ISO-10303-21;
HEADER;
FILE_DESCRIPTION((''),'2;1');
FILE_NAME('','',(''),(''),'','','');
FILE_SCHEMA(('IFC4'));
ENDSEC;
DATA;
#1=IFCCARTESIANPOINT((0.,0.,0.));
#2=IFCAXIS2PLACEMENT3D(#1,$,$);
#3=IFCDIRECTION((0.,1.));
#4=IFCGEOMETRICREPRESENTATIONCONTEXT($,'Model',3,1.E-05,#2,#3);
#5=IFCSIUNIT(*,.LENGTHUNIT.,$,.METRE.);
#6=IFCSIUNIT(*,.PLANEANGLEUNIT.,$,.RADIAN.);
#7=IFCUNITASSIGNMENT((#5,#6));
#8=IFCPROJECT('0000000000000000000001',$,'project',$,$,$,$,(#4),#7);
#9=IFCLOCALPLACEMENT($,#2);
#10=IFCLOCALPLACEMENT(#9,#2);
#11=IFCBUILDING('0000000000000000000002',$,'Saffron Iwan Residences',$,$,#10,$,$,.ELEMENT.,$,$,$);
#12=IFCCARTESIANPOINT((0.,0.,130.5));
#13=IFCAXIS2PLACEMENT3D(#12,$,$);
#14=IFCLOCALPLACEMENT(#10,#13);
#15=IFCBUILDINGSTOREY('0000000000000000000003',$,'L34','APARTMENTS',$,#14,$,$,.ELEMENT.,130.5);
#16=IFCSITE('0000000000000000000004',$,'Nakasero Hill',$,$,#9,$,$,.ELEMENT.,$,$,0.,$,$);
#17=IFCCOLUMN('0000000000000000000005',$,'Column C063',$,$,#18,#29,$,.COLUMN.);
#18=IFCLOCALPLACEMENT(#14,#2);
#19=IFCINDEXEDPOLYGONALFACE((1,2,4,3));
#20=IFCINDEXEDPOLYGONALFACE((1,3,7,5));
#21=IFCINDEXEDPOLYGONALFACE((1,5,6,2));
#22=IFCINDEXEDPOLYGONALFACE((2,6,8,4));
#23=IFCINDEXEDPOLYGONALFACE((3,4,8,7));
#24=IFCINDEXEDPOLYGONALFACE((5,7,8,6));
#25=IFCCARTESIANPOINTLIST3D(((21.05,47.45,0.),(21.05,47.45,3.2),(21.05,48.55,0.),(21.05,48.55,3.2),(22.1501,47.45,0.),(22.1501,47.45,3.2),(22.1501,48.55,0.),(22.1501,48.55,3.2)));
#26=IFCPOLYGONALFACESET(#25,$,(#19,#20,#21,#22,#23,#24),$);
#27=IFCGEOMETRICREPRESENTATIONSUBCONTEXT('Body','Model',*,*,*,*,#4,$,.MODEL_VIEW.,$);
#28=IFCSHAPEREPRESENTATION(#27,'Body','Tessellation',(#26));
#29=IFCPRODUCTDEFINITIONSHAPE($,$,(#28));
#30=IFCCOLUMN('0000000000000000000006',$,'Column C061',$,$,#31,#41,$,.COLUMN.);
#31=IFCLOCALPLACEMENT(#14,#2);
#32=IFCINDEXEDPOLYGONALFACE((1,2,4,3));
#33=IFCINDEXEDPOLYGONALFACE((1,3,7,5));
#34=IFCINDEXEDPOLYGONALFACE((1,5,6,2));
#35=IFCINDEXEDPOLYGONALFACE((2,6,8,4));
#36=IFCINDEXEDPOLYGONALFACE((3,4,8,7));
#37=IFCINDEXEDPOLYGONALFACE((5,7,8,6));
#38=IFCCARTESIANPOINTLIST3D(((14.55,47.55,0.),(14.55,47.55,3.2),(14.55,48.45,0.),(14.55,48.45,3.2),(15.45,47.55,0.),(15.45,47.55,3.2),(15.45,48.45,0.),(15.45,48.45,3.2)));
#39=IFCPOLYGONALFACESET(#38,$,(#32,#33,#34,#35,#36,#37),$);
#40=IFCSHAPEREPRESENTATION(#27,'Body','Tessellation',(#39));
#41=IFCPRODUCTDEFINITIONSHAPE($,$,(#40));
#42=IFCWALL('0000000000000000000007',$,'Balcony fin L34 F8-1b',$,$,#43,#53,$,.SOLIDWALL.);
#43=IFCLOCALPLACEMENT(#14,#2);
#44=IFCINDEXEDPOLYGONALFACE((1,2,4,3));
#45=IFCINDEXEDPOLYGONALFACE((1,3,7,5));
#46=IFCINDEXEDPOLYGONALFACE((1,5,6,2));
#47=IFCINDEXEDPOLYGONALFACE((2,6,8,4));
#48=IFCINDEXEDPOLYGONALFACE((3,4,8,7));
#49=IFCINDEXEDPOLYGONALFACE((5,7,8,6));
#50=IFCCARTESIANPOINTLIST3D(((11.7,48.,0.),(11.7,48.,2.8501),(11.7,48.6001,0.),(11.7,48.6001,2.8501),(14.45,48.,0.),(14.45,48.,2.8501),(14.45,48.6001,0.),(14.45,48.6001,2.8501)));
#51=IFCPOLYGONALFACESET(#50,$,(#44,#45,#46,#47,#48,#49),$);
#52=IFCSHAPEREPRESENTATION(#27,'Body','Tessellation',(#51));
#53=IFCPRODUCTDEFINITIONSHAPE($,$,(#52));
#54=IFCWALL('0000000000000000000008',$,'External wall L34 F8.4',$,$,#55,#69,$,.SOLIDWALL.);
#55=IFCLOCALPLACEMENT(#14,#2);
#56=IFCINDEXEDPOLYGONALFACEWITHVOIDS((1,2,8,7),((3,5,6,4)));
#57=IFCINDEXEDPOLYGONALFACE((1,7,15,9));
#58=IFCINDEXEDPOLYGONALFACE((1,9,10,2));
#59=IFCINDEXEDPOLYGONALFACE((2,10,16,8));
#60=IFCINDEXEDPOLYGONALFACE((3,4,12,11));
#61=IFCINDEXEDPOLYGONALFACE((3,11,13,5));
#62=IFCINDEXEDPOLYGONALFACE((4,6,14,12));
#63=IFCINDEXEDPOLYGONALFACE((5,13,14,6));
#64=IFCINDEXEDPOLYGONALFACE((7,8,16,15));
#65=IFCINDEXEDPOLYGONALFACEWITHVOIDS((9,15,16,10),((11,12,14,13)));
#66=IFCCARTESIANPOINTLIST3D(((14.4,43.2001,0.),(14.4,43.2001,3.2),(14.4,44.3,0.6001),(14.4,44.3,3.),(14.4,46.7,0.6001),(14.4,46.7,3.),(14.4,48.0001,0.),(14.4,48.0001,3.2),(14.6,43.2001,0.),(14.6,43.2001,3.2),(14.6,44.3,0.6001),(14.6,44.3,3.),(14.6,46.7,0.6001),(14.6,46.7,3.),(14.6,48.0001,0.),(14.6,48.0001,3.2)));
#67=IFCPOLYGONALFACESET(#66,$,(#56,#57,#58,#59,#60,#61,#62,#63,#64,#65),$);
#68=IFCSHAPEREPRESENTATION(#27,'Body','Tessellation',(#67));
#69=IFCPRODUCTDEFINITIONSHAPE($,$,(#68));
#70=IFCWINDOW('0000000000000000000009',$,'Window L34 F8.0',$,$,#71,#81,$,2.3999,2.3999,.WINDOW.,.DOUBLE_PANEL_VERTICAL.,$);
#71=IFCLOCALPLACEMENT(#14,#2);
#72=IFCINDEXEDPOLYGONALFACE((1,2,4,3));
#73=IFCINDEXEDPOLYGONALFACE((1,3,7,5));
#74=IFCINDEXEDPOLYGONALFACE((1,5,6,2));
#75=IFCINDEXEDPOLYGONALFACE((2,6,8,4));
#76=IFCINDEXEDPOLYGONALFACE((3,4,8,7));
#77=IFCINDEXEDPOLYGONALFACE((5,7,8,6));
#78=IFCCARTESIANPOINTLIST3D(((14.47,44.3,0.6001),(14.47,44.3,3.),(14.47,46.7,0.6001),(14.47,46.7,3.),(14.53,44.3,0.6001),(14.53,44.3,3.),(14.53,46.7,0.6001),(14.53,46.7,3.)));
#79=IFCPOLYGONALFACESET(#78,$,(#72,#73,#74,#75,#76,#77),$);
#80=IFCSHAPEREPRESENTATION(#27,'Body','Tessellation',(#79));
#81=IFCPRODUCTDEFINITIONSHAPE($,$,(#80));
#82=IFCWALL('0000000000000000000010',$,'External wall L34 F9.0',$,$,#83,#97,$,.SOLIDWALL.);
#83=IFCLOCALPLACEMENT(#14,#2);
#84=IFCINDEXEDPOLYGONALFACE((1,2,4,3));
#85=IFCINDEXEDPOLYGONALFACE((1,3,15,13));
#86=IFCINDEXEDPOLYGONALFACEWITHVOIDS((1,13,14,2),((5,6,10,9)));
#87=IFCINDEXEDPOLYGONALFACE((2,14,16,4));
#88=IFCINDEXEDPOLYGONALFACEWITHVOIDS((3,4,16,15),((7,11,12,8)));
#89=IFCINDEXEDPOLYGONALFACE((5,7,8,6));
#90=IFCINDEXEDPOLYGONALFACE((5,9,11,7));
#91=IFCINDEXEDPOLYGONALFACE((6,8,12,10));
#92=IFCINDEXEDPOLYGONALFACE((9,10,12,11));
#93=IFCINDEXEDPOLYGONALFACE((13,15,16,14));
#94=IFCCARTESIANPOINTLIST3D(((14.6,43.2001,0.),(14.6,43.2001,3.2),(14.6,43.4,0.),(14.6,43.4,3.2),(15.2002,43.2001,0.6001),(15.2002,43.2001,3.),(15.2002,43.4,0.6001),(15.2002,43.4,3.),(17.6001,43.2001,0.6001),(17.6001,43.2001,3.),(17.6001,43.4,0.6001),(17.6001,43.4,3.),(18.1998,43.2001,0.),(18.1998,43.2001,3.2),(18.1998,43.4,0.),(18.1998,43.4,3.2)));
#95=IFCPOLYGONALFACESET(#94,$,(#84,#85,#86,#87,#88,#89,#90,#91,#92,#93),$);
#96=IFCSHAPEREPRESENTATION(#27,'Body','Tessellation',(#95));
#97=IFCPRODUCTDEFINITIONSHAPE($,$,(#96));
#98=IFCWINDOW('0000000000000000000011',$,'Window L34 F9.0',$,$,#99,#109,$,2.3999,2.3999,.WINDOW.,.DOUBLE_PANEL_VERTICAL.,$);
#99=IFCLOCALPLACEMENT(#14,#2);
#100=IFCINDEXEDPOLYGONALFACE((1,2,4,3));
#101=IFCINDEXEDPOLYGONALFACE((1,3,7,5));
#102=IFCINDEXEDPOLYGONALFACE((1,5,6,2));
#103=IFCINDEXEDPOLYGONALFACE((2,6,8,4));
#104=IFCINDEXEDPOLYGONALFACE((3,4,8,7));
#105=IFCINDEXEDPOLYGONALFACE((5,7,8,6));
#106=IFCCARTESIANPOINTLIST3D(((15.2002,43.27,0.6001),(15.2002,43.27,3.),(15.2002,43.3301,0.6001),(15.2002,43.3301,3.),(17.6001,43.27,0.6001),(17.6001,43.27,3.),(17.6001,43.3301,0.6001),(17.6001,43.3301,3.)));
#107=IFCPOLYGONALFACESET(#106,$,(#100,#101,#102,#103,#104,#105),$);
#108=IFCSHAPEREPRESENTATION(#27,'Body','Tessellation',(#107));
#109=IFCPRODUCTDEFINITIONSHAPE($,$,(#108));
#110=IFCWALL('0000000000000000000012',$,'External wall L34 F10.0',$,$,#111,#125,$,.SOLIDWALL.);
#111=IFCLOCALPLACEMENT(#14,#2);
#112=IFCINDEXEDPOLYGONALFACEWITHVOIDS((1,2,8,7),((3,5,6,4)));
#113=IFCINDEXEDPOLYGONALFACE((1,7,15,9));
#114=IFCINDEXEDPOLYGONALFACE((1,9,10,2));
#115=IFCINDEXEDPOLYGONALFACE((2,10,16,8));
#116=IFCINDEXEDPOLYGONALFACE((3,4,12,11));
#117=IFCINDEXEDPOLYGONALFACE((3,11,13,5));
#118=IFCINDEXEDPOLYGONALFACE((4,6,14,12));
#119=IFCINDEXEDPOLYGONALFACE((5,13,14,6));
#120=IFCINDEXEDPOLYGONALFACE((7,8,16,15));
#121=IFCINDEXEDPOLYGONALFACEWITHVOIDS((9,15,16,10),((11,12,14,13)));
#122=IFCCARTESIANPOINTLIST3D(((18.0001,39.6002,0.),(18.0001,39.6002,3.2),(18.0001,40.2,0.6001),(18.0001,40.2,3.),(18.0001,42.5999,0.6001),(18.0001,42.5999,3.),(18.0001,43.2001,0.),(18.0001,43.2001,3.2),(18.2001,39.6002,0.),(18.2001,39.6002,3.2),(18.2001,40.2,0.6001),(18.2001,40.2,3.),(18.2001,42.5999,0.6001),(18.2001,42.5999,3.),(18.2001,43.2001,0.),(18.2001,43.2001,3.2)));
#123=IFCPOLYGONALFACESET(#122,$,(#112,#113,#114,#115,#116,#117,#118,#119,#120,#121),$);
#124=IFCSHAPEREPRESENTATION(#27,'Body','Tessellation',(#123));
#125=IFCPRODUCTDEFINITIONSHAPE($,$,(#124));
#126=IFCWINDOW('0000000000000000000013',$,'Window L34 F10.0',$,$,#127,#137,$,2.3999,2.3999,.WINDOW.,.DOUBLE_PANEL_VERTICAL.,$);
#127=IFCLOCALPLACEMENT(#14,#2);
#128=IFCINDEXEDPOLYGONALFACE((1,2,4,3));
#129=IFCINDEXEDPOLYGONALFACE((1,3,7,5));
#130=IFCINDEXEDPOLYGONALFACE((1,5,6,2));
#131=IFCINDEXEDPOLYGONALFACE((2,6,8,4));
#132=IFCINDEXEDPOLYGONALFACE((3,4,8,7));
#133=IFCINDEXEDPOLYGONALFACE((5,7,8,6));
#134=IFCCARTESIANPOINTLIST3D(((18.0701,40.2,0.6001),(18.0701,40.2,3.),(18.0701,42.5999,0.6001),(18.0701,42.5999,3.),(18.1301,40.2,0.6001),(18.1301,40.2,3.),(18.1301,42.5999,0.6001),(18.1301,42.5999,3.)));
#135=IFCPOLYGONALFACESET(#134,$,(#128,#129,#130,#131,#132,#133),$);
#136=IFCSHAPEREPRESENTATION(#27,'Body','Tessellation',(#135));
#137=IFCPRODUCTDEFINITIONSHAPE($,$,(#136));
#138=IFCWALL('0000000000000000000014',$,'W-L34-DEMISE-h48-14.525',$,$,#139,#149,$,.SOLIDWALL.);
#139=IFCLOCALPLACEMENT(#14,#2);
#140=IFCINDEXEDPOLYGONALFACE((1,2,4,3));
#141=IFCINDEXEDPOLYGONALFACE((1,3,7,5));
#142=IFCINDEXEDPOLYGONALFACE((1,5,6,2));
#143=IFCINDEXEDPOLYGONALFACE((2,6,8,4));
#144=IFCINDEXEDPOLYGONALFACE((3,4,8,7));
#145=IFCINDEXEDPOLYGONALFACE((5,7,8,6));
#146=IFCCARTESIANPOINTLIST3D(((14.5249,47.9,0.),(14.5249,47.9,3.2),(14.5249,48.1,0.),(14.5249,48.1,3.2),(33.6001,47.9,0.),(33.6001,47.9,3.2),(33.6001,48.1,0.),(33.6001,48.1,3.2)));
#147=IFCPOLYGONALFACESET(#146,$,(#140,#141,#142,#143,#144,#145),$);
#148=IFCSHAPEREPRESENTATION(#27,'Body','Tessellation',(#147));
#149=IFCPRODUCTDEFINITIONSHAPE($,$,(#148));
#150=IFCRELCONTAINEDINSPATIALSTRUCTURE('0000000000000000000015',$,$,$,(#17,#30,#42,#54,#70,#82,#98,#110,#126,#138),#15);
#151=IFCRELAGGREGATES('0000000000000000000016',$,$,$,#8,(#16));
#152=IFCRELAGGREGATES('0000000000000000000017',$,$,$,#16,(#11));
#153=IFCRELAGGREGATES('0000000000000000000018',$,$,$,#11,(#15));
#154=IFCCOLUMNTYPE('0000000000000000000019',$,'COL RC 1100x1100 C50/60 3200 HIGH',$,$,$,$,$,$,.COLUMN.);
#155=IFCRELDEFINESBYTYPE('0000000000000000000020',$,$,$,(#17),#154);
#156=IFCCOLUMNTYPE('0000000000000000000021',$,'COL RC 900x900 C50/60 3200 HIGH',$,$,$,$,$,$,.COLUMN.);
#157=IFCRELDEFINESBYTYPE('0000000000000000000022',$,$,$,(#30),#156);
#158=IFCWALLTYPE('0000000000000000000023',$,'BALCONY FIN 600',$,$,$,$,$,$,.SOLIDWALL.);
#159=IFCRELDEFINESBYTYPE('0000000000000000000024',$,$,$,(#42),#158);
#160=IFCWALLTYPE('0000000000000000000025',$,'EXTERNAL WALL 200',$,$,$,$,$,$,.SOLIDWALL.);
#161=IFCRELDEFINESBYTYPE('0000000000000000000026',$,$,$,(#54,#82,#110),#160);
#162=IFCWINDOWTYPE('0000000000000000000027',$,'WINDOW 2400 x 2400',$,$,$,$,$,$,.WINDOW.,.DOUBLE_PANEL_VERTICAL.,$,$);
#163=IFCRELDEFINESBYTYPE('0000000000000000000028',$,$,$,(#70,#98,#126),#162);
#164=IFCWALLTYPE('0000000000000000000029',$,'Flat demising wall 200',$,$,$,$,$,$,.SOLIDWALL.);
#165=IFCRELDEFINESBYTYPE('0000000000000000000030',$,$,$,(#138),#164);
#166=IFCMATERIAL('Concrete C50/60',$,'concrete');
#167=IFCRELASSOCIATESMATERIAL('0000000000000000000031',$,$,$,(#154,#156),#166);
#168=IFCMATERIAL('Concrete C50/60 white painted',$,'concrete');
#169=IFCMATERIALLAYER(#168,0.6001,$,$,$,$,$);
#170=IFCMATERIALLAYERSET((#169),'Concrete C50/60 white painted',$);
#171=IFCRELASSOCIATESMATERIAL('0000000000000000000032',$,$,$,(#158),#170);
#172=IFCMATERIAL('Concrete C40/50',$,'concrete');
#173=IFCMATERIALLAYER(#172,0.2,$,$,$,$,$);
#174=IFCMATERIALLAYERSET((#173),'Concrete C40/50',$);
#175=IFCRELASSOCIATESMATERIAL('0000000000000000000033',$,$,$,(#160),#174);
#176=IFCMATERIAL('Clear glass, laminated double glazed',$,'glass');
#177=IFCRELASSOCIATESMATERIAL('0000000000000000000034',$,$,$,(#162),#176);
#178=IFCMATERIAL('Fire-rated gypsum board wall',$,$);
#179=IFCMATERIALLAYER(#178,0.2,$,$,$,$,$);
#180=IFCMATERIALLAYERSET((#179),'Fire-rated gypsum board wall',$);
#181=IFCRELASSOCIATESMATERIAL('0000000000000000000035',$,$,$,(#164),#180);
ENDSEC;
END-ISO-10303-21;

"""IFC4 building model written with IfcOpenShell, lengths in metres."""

from ifc_helpers import new_model, si_unit, direction, frame, frame_2d, origin, origin_2d, place, context, subcontext, project, spatial, rectangle, extrude, source, transform, mapped, material, layer, layer_set, material_profile, profile_set, type_object, element, fill, save


model = new_model("IFC4")

# Units and contexts
model_context = context("Model", 3, precision=1e-05, world=origin(), true_north=direction((0.0, 1.0)))
body_context = subcontext(model_context, "Body", "Model", "MODEL_VIEW")
ifc_project = project(units=[si_unit("LENGTHUNIT", "METRE"), si_unit("PLANEANGLEUNIT", "RADIAN")], contexts=[model_context])

# Site, building, storey
site_placement = place(None, origin())
site = spatial("IfcSite", under=ifc_project, at=site_placement, Name="Nakasero Hill", CompositionType="ELEMENT", RefElevation=0.0)
building_placement = place(site_placement, origin())
building = spatial("IfcBuilding", under=site, at=building_placement, Name="Saffron Iwan Residences", CompositionType="ELEMENT")
storey_placement = place(building_placement, frame((0.0, 0.0, 130.5)))
storey = spatial("IfcBuildingStorey", under=building, at=storey_placement, Name="L34", Description="APARTMENTS", CompositionType="ELEMENT", Elevation=130.5)

# Columns
ifc_material_1 = material(Name="Concrete C50/60", Category="concrete")
ifc_material_profile_1 = material_profile(ifc_material_1, rectangle(XDim=1.1001, YDim=1.1001, at=origin_2d()), Name="RC 1100x1100")
ifc_profile_set_1 = profile_set([ifc_material_profile_1], Name="Concrete C50/60")
column_type_1 = type_object("IfcColumnType", Name="COL RC 1100x1100 C50/60 3200 HIGH", PredefinedType="COLUMN", material=ifc_profile_set_1)
shared_shape_1 = source(origin(), body_context, "Body", "SweptSolid", [
    extrude(rectangle(XDim=1.1001, YDim=1.1001, at=origin_2d()), origin(), (0.0, 0.0, 1.0), 3.2),
])
column_1_placement = place(storey_placement, frame((21.6001, 48.0, 0.0), z_axis=(0.0, 0.0, 1.0), x_axis=(1.0, 0.0, 0.0)))
element("IfcColumn", 1, at=column_1_placement, inside=storey, type_object=column_type_1, Name="Column C063", PredefinedType="COLUMN", context=body_context, shape_type="MappedRepresentation", body=[
    mapped(shared_shape_1, transform((0.0, 0.0, 0.0))),
])
ifc_material_profile_2 = material_profile(ifc_material_1, rectangle(XDim=0.8999, YDim=0.8999, at=origin_2d()), Name="RC 900x900")
ifc_profile_set_2 = profile_set([ifc_material_profile_2], Name="Concrete C50/60")
column_type_2 = type_object("IfcColumnType", Name="COL RC 900x900 C50/60 3200 HIGH", PredefinedType="COLUMN", material=ifc_profile_set_2)
shared_shape_2 = source(origin(), body_context, "Body", "SweptSolid", [
    extrude(rectangle(XDim=0.8999, YDim=0.8999, at=origin_2d()), origin(), (0.0, 0.0, 1.0), 3.2),
])
column_2_placement = place(storey_placement, frame((15.0, 48.0, 0.0), z_axis=(0.0, 0.0, 1.0), x_axis=(1.0, 0.0, 0.0)))
element("IfcColumn", 2, at=column_2_placement, inside=storey, type_object=column_type_2, Name="Column C061", PredefinedType="COLUMN", context=body_context, shape_type="MappedRepresentation", body=[
    mapped(shared_shape_2, transform((0.0, 0.0, 0.0))),
])

# Wall
ifc_material_2 = material(Name="Concrete C50/60 white painted", Category="concrete")
ifc_layer_1 = layer(ifc_material_2, 0.6001)
ifc_layer_set_1 = layer_set([ifc_layer_1], Name="Concrete C50/60 white painted")
wall_type_1 = type_object("IfcWallType", Name="BALCONY FIN 600", PredefinedType="SOLIDWALL", material=ifc_layer_set_1)
wall_1_placement = place(storey_placement, frame((14.45, 48.3, 0.0), z_axis=(0.0, 0.0, 1.0), x_axis=(-1.0, 0.0, 0.0)))
element("IfcWall", 3, at=wall_1_placement, inside=storey, type_object=wall_type_1, Name="Balcony fin L34 F8-1b", PredefinedType="SOLIDWALL", context=body_context, shape_type="SweptSolid", body=[
    extrude(rectangle(XDim=2.75, YDim=0.6001, at=frame_2d((1.375, 0.0))), origin(), (0.0, 0.0, 1.0), 2.8501),
])

# Walls, openings, windows
ifc_material_3 = material(Name="Concrete C40/50", Category="concrete")
ifc_layer_2 = layer(ifc_material_3, 0.2)
ifc_layer_set_2 = layer_set([ifc_layer_2], Name="Concrete C40/50")
wall_type_2 = type_object("IfcWallType", Name="EXTERNAL WALL 200", PredefinedType="SOLIDWALL", material=ifc_layer_set_2)
wall_2_placement = place(storey_placement, frame((14.5, 48.0, 0.0), z_axis=(0.0, 0.0, 1.0), x_axis=(0.0, -1.0, 0.0)))
wall_2 = element("IfcWall", 4, at=wall_2_placement, inside=storey, type_object=wall_type_2, Name="External wall L34 F8.4", PredefinedType="SOLIDWALL", context=body_context, shape_type="SweptSolid", body=[
    extrude(rectangle(XDim=4.8, YDim=0.2, at=frame_2d((2.3999, 0.0))), origin(), (0.0, 0.0, 1.0), 3.2),
])
opening_1_placement = place(wall_2_placement, frame((1.3, 0.0, 0.6001)))
opening_1 = element("IfcOpeningElement", 5, at=opening_1_placement, cuts=wall_2, PredefinedType="OPENING", context=body_context, shape_type="SweptSolid", body=[
    extrude(rectangle(XDim=2.3999, YDim=2.3999, at=frame_2d((1.2, 1.2))), frame((0.0, 0.1099, 0.0), z_axis=(0.0, -1.0, 0.0), x_axis=(1.0, 0.0, 0.0)), (0.0, 0.0, 1.0), 0.22),
])
ifc_material_4 = material(Name="Clear glass, laminated double glazed", Category="glass")
window_type = type_object("IfcWindowType", Name="WINDOW 2400 x 2400", PartitioningType="DOUBLE_PANEL_VERTICAL", PredefinedType="WINDOW", material=ifc_material_4)
window_1_placement = place(opening_1_placement, origin())
window_1 = element("IfcWindow", 6, at=window_1_placement, inside=storey, type_object=window_type, Name="Window L34 F8.0", OverallHeight=2.3999, OverallWidth=2.3999, PartitioningType="DOUBLE_PANEL_VERTICAL", PredefinedType="WINDOW", context=body_context, shape_type="SweptSolid", body=[
    extrude(rectangle(XDim=2.3999, YDim=2.3999, at=frame_2d((1.2, 1.2))), frame((0.0, 0.03, 0.0), z_axis=(0.0, -1.0, 0.0), x_axis=(1.0, 0.0, 0.0)), (0.0, 0.0, 1.0), 0.0601),
])
fill(opening_1, window_1)
wall_3_placement = place(storey_placement, frame((14.6001, 43.3, 0.0), z_axis=(0.0, 0.0, 1.0), x_axis=(1.0, 0.0, 0.0)))
wall_3 = element("IfcWall", 7, at=wall_3_placement, inside=storey, type_object=wall_type_2, Name="External wall L34 F9.0", PredefinedType="SOLIDWALL", context=body_context, shape_type="SweptSolid", body=[
    extrude(rectangle(XDim=3.5999, YDim=0.2, at=frame_2d((1.7998, 0.0))), origin(), (0.0, 0.0, 1.0), 3.2),
])
opening_2_placement = place(wall_3_placement, frame((0.6001, 0.0, 0.6001)))
opening_2 = element("IfcOpeningElement", 8, at=opening_2_placement, cuts=wall_3, PredefinedType="OPENING", context=body_context, shape_type="SweptSolid", body=[
    extrude(rectangle(XDim=2.3999, YDim=2.3999, at=frame_2d((1.2, 1.2))), frame((0.0, 0.1099, 0.0), z_axis=(0.0, -1.0, 0.0), x_axis=(1.0, 0.0, 0.0)), (0.0, 0.0, 1.0), 0.22),
])
window_2_placement = place(opening_2_placement, origin())
window_2 = element("IfcWindow", 9, at=window_2_placement, inside=storey, type_object=window_type, Name="Window L34 F9.0", OverallHeight=2.3999, OverallWidth=2.3999, PartitioningType="DOUBLE_PANEL_VERTICAL", PredefinedType="WINDOW", context=body_context, shape_type="SweptSolid", body=[
    extrude(rectangle(XDim=2.3999, YDim=2.3999, at=frame_2d((1.2, 1.2))), frame((0.0, 0.03, 0.0), z_axis=(0.0, -1.0, 0.0), x_axis=(1.0, 0.0, 0.0)), (0.0, 0.0, 1.0), 0.0601),
])
fill(opening_2, window_2)
wall_4_placement = place(storey_placement, frame((18.1001, 43.2, 0.0), z_axis=(0.0, 0.0, 1.0), x_axis=(0.0, -1.0, 0.0)))
wall_4 = element("IfcWall", 10, at=wall_4_placement, inside=storey, type_object=wall_type_2, Name="External wall L34 F10.0", PredefinedType="SOLIDWALL", context=body_context, shape_type="SweptSolid", body=[
    extrude(rectangle(XDim=3.5999, YDim=0.2, at=frame_2d((1.7998, 0.0))), origin(), (0.0, 0.0, 1.0), 3.2),
])
opening_3_placement = place(wall_4_placement, frame((0.6001, 0.0, 0.6001)))
opening_3 = element("IfcOpeningElement", 11, at=opening_3_placement, cuts=wall_4, PredefinedType="OPENING", context=body_context, shape_type="SweptSolid", body=[
    extrude(rectangle(XDim=2.3999, YDim=2.3999, at=frame_2d((1.2, 1.2))), frame((0.0, 0.1099, 0.0), z_axis=(0.0, -1.0, 0.0), x_axis=(1.0, 0.0, 0.0)), (0.0, 0.0, 1.0), 0.22),
])
window_3_placement = place(opening_3_placement, origin())
window_3 = element("IfcWindow", 12, at=window_3_placement, inside=storey, type_object=window_type, Name="Window L34 F10.0", OverallHeight=2.3999, OverallWidth=2.3999, PartitioningType="DOUBLE_PANEL_VERTICAL", PredefinedType="WINDOW", context=body_context, shape_type="SweptSolid", body=[
    extrude(rectangle(XDim=2.3999, YDim=2.3999, at=frame_2d((1.2, 1.2))), frame((0.0, 0.03, 0.0), z_axis=(0.0, -1.0, 0.0), x_axis=(1.0, 0.0, 0.0)), (0.0, 0.0, 1.0), 0.0601),
])
fill(opening_3, window_3)

# Wall
ifc_material_5 = material(Name="Fire-rated gypsum board wall")
ifc_layer_3 = layer(ifc_material_5, 0.2)
ifc_layer_set_3 = layer_set([ifc_layer_3], Name="Fire-rated gypsum board wall")
wall_type_3 = type_object("IfcWallType", Name="Flat demising wall 200", PredefinedType="SOLIDWALL", material=ifc_layer_set_3)
wall_5_placement = place(storey_placement, frame((14.5249, 48.0, 0.0), z_axis=(0.0, 0.0, 1.0), x_axis=(1.0, 0.0, 0.0)))
element("IfcWall", 13, at=wall_5_placement, inside=storey, type_object=wall_type_3, Name="W-L34-DEMISE-h48-14.525", PredefinedType="SOLIDWALL", context=body_context, shape_type="SweptSolid", body=[
    extrude(rectangle(XDim=19.0752, YDim=0.2, at=frame_2d((9.5376, 0.0))), origin(), (0.0, 0.0, 1.0), 3.2),
])

save(model, "model.ifc")
